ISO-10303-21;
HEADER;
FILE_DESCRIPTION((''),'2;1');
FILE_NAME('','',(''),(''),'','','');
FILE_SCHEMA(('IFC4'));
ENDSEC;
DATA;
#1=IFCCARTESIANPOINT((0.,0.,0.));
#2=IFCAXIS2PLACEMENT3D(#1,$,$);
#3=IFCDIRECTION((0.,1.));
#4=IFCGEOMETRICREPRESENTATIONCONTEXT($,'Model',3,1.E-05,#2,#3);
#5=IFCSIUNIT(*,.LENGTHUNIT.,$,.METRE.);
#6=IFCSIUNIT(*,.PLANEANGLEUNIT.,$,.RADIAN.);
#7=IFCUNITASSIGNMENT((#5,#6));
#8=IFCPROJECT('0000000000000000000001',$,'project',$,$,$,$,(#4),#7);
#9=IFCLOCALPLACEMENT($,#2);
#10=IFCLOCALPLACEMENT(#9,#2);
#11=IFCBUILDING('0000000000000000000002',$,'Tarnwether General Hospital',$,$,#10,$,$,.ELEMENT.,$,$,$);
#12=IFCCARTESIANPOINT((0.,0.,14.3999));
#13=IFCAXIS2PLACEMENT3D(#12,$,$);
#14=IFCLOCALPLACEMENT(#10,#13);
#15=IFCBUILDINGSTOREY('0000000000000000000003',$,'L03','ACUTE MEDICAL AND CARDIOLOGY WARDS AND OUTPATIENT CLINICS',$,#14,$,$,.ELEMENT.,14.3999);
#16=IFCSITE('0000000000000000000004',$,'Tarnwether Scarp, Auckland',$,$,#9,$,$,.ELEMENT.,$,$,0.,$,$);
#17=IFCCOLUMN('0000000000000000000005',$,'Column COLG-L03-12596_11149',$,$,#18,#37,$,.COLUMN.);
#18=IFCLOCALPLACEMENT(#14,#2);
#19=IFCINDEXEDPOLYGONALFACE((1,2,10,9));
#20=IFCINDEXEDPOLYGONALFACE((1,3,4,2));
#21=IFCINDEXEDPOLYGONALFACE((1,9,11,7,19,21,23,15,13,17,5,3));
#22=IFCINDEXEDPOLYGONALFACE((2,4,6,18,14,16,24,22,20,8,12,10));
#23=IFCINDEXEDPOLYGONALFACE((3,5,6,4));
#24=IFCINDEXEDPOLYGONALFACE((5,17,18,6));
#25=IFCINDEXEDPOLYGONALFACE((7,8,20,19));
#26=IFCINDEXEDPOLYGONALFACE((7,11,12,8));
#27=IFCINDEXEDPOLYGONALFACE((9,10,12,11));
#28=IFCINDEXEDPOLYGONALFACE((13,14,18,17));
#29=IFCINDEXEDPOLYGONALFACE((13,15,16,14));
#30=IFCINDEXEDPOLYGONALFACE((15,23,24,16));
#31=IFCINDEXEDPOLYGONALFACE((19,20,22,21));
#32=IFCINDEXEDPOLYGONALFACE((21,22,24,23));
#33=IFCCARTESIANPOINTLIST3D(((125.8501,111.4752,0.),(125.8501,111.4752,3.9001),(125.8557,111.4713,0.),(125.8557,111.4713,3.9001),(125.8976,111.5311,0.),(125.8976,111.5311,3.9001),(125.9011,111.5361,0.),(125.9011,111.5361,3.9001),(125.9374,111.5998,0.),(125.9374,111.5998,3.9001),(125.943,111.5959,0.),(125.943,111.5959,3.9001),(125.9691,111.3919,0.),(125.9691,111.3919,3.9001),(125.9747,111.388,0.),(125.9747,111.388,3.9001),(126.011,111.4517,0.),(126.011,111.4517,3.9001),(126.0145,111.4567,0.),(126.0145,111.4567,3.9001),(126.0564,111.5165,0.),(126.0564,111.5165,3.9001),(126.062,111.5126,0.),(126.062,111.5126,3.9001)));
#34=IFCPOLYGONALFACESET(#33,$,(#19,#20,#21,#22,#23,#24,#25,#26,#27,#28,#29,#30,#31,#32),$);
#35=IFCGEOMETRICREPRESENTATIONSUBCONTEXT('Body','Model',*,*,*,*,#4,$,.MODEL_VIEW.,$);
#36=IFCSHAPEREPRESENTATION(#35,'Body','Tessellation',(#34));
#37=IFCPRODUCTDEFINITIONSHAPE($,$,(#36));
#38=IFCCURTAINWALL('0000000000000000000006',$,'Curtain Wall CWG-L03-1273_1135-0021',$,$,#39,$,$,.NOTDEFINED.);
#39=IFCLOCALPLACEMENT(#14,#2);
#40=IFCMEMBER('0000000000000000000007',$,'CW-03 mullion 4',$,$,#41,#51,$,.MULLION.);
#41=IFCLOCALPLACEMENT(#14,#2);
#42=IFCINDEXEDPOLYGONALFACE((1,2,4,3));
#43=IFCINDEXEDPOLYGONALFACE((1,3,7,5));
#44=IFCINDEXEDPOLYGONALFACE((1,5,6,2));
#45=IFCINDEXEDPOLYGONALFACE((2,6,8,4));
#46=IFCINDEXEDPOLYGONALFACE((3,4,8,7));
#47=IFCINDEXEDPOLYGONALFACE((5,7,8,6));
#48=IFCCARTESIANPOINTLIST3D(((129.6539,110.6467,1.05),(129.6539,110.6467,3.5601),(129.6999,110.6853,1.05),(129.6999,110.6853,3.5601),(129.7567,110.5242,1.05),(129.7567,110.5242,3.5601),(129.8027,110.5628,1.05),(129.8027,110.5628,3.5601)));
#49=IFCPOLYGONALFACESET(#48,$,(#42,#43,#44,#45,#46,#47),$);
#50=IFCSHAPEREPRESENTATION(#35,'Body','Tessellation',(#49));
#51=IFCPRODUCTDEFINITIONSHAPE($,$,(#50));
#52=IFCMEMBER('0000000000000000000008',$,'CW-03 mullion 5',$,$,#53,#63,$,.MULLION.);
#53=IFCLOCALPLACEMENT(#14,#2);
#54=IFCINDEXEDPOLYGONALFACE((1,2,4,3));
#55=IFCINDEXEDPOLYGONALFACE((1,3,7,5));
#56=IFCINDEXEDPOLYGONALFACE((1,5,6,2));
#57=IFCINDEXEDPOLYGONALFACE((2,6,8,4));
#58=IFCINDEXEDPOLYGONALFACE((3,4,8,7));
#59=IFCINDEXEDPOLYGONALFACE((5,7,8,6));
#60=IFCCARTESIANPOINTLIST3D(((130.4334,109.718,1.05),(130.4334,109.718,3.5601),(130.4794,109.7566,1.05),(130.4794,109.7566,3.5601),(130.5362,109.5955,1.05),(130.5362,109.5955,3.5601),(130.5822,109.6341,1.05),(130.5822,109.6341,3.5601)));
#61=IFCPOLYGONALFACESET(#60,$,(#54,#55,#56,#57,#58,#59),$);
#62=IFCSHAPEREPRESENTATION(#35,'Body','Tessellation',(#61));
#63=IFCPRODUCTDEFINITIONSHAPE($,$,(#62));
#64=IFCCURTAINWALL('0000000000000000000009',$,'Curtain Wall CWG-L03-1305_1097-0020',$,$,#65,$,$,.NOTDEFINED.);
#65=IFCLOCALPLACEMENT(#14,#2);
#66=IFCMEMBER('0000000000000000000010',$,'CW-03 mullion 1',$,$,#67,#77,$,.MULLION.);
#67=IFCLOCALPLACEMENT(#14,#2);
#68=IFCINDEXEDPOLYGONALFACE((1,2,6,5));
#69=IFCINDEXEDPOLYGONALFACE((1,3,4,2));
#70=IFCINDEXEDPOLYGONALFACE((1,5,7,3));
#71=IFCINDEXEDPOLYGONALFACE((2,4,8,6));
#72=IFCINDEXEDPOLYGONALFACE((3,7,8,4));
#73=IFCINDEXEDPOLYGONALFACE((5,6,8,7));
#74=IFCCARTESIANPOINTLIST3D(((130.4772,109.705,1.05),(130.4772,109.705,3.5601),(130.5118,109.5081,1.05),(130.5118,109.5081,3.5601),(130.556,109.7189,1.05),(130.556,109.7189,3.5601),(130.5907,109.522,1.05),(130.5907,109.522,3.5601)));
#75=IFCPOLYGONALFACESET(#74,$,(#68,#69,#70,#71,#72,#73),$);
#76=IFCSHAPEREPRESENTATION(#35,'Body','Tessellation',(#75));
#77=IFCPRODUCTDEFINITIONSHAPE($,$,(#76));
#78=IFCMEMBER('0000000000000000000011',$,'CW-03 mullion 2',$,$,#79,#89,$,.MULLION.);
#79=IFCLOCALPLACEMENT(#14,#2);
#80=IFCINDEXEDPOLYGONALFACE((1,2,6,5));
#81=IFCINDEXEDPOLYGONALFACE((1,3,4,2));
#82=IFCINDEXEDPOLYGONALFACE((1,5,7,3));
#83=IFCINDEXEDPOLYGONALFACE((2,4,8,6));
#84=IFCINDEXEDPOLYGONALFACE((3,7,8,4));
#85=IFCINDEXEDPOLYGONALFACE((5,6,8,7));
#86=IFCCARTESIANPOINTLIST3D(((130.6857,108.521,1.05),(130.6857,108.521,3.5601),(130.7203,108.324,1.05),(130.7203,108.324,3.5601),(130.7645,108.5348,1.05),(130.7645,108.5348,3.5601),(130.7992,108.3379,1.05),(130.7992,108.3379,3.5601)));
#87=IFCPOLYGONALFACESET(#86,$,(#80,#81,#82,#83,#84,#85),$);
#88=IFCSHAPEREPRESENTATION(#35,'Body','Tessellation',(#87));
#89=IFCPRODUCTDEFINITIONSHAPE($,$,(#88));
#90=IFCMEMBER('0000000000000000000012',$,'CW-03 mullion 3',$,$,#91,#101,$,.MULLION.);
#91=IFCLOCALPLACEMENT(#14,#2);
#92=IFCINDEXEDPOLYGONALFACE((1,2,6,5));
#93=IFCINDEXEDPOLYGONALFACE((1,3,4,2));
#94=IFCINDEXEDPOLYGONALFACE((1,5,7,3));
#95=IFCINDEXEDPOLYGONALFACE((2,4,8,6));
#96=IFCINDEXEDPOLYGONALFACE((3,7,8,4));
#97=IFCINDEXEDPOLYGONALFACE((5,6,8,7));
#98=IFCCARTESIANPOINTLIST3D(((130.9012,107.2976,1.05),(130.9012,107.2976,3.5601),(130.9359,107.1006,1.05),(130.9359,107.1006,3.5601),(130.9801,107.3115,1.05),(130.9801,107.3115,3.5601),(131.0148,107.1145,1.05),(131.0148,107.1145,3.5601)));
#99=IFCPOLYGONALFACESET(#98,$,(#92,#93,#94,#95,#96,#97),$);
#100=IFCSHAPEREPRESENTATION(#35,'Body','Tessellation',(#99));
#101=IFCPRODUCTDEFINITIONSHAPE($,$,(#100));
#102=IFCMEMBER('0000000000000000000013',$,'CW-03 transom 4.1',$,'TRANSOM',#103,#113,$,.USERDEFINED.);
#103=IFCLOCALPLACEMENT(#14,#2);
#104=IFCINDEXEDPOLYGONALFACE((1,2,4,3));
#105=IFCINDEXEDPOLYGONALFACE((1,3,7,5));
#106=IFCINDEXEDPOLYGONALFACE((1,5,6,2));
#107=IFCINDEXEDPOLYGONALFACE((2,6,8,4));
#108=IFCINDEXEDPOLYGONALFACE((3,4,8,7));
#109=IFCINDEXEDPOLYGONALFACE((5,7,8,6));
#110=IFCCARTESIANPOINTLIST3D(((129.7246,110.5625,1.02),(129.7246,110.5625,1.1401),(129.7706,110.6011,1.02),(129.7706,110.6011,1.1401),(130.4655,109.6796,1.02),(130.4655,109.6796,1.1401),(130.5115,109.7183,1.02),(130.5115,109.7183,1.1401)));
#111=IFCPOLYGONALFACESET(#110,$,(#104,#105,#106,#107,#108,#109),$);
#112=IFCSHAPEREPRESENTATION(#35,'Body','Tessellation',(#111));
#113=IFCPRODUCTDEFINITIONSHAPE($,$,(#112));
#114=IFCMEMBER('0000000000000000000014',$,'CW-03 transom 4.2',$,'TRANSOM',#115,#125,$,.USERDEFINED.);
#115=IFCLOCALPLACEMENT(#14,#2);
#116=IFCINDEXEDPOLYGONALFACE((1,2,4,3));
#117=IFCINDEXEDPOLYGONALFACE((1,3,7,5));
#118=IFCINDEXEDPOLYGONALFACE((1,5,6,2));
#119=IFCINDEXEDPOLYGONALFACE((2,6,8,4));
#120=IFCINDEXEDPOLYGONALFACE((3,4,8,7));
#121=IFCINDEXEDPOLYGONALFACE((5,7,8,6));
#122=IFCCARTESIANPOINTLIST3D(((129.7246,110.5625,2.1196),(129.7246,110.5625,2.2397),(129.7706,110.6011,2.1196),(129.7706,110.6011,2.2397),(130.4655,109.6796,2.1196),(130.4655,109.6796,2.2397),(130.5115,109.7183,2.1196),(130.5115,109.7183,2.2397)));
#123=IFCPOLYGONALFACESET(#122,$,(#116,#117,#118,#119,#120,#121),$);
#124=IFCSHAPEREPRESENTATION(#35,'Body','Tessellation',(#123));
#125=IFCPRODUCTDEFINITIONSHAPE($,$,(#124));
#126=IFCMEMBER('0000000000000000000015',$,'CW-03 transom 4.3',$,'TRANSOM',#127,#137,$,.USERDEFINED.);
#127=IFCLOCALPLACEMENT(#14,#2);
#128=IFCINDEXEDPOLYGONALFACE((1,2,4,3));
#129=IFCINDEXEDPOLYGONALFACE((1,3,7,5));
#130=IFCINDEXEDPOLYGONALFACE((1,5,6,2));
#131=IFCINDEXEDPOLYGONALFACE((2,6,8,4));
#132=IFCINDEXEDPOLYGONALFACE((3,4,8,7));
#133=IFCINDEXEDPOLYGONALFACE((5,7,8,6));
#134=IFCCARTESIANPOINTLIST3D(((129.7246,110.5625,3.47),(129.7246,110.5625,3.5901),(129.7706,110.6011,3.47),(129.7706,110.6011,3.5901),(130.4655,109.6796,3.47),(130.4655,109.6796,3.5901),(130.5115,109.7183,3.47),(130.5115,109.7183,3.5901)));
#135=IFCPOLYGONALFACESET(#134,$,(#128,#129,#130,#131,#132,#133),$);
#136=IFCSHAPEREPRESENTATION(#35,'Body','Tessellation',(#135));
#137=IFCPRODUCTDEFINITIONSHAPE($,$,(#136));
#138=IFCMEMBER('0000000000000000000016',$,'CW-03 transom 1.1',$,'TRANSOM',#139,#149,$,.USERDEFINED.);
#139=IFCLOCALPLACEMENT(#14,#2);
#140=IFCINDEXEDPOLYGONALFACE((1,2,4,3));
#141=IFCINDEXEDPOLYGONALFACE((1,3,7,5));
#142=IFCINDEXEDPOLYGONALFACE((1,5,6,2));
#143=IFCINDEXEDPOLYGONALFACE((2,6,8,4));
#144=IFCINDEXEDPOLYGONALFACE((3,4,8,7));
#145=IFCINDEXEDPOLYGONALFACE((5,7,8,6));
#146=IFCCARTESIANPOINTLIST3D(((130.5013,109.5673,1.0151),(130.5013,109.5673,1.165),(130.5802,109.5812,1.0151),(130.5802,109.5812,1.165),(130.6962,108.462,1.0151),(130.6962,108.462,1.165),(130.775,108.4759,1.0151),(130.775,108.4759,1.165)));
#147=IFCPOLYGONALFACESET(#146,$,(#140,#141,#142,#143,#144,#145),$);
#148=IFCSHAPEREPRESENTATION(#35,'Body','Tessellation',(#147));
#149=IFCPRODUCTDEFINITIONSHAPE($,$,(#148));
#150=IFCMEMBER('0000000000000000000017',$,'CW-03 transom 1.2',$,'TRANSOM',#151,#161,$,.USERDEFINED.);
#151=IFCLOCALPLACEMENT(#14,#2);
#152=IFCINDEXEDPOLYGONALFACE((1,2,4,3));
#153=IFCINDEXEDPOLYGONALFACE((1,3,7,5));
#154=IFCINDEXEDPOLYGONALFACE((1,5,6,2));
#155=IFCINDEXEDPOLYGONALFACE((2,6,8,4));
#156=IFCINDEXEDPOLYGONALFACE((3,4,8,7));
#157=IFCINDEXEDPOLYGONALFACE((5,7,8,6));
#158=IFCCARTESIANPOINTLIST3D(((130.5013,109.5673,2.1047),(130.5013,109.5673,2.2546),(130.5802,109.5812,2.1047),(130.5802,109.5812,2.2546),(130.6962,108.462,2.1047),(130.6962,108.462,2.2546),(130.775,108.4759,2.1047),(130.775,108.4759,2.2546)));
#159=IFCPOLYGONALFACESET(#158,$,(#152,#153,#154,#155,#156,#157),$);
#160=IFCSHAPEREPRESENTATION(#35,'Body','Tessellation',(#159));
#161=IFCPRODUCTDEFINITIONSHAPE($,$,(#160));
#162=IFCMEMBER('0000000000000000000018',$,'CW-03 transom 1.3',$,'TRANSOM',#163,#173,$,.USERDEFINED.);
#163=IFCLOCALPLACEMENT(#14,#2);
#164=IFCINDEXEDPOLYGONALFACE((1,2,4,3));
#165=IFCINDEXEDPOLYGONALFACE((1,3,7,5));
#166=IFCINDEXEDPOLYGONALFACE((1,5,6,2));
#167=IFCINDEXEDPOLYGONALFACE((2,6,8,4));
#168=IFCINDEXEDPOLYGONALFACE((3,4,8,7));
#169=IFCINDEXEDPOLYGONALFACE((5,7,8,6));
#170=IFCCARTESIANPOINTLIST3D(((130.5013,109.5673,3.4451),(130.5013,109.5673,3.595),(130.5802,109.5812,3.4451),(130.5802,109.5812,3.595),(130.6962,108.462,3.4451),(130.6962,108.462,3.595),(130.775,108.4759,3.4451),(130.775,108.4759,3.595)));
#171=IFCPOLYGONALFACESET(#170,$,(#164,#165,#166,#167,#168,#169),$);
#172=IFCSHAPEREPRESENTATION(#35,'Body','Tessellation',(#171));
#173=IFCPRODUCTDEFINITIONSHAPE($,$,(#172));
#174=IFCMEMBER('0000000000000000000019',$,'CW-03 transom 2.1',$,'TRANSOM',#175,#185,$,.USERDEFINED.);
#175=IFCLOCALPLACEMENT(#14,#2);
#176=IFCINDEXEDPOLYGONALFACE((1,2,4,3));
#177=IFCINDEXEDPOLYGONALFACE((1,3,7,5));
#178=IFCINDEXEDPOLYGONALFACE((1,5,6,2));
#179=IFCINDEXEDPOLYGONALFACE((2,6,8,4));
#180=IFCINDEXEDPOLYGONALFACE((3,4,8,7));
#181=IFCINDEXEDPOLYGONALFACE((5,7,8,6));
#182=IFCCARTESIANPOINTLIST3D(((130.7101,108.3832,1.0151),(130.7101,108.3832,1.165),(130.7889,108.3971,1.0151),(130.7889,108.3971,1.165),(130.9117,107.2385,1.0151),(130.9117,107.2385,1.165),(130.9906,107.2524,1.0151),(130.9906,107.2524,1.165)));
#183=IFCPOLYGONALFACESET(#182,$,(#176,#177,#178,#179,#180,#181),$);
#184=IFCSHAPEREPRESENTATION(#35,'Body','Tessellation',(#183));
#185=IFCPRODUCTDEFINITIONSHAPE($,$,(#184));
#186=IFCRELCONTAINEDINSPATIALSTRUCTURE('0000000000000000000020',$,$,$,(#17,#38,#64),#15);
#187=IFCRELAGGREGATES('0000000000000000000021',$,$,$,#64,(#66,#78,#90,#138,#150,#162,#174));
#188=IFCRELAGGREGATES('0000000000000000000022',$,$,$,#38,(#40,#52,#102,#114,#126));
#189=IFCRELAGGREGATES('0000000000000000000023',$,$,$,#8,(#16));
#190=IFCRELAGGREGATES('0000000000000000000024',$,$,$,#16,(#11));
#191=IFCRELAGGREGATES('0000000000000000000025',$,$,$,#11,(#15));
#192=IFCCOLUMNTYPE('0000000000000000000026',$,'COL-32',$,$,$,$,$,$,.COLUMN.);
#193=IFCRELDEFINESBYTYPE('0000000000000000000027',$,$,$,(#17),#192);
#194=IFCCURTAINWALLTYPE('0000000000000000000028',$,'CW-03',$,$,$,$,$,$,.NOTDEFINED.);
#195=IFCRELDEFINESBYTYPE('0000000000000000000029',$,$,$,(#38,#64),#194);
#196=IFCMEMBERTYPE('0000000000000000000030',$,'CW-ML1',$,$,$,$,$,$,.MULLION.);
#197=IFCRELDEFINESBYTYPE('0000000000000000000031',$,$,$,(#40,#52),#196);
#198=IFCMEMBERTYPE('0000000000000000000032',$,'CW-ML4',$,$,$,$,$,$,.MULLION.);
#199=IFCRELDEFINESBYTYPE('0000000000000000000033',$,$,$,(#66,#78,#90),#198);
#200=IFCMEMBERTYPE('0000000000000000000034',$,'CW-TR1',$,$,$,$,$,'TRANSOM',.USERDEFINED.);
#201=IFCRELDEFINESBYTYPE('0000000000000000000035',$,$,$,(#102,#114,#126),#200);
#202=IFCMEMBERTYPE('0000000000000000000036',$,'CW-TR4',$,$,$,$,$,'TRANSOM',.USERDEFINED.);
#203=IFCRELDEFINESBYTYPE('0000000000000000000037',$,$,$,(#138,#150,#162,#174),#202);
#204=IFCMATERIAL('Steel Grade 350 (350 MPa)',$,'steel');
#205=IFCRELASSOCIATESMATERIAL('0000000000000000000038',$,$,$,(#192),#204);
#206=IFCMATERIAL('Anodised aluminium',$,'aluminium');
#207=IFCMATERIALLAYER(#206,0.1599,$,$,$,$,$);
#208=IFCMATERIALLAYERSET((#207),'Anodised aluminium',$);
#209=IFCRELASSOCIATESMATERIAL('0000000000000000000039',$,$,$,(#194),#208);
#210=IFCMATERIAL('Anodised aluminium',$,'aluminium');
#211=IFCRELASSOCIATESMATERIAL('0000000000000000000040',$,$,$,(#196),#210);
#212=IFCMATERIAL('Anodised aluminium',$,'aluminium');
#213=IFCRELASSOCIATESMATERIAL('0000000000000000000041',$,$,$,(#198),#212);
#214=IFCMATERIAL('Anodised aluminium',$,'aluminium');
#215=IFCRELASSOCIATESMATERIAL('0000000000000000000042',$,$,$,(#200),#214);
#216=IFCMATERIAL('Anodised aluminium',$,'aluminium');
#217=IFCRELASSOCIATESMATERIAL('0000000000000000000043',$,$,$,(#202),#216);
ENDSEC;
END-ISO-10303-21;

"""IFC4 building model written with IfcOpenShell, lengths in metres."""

from ifc_helpers import new_model, si_unit, direction, frame, origin, origin_2d, place, context, subcontext, project, spatial, rectangle, i_section, extrude, material, layer, layer_set, material_profile, profile_set, type_object, element, aggregate, save


model = new_model("IFC4")

# Units and contexts
model_context = context("Model", 3, precision=1e-05, world=origin(), true_north=direction((0.0, 1.0)))
body_context = subcontext(model_context, "Body", "Model", "MODEL_VIEW")
ifc_project = project(units=[si_unit("LENGTHUNIT", "METRE"), si_unit("PLANEANGLEUNIT", "RADIAN")], contexts=[model_context])

# Site, building, storey
site_placement = place(None, origin())
site = spatial("IfcSite", under=ifc_project, at=site_placement, Name="Tarnwether Scarp, Auckland", CompositionType="ELEMENT", RefElevation=0.0)
building_placement = place(site_placement, origin())
building = spatial("IfcBuilding", under=site, at=building_placement, Name="Tarnwether General Hospital", CompositionType="ELEMENT")
storey_placement = place(building_placement, frame((0.0, 0.0, 14.3999)))
storey = spatial("IfcBuildingStorey", under=building, at=storey_placement, Name="L03", Description="ACUTE MEDICAL AND CARDIOLOGY WARDS AND OUTPATIENT CLINICS", CompositionType="ELEMENT", Elevation=14.3999)

# Column
ifc_material_1 = material(Name="Steel Grade 350 (350 MPa)", Category="steel")
ifc_material_profile_1 = material_profile(ifc_material_1, i_section(OverallWidth=0.1521, OverallDepth=0.1521, WebThickness=0.0061, FlangeThickness=0.0068, at=origin_2d()), Name="150UC23.4")
ifc_profile_set_1 = profile_set([ifc_material_profile_1], Name="Steel Grade 350 (350 MPa)")
column_type = type_object("IfcColumnType", Name="COL-32", PredefinedType="COLUMN", material=ifc_profile_set_1)
column_placement = place(storey_placement, frame((125.9561, 111.4939, 0.0), z_axis=(0.0, 0.0, 1.0), x_axis=(0.573576, 0.819152, 0.0)))
element("IfcColumn", 1, at=column_placement, inside=storey, type_object=column_type, Name="Column COLG-L03-12596_11149", PredefinedType="COLUMN", context=body_context, shape_type="SweptSolid", body=[
    extrude(i_section(OverallWidth=0.1521, OverallDepth=0.1521, WebThickness=0.0061, FlangeThickness=0.0068, at=origin_2d()), origin(), (0.0, 0.0, 1.0), 3.9001),
])

# Curtain walls, members
ifc_material_2 = material(Name="Anodised aluminium", Category="aluminium")
ifc_layer_1 = layer(ifc_material_2, 0.1599)
ifc_layer_set_1 = layer_set([ifc_layer_1], Name="Anodised aluminium")
curtain_wall_type = type_object("IfcCurtainWallType", Name="CW-03", PredefinedType="NOTDEFINED", material=ifc_layer_set_1)
curtain_wall_1_placement = place(storey_placement, origin())
curtain_wall_1 = element("IfcCurtainWall", 2, at=curtain_wall_1_placement, inside=storey, type_object=curtain_wall_type, Name="Curtain Wall CWG-L03-1273_1135-0021", PredefinedType="NOTDEFINED")
ifc_material_3 = material(Name="Anodised aluminium", Category="aluminium")
ifc_material_profile_2 = material_profile(ifc_material_3, rectangle(XDim=0.0601, YDim=0.1599, at=origin_2d()), Name="ALU-MUL-60x160")
ifc_profile_set_2 = profile_set([ifc_material_profile_2], Name="Anodised aluminium")
member_type_1 = type_object("IfcMemberType", Name="CW-ML1", PredefinedType="MULLION", material=ifc_profile_set_2)
member_1_placement = place(storey_placement, frame((129.7283, 110.6047, 1.05), z_axis=(0.0, 0.0, 1.0), x_axis=(0.76599, 0.642852, 0.0)))
member_1 = element("IfcMember", 3, at=member_1_placement, type_object=member_type_1, Name="CW-03 mullion 4", PredefinedType="MULLION", context=body_context, shape_type="SweptSolid", body=[
    extrude(rectangle(XDim=0.0601, YDim=0.1599, at=origin_2d()), origin(), (0.0, 0.0, 1.0), 2.51),
])
member_2_placement = place(storey_placement, frame((130.5078, 109.676, 1.05), z_axis=(0.0, 0.0, 1.0), x_axis=(0.76599, 0.642852, 0.0)))
member_2 = element("IfcMember", 4, at=member_2_placement, type_object=member_type_1, Name="CW-03 mullion 5", PredefinedType="MULLION", context=body_context, shape_type="SweptSolid", body=[
    extrude(rectangle(XDim=0.0601, YDim=0.1599, at=origin_2d()), origin(), (0.0, 0.0, 1.0), 2.51),
])
curtain_wall_2_placement = place(storey_placement, origin())
curtain_wall_2 = element("IfcCurtainWall", 5, at=curtain_wall_2_placement, inside=storey, type_object=curtain_wall_type, Name="Curtain Wall CWG-L03-1305_1097-0020", PredefinedType="NOTDEFINED")
ifc_material_4 = material(Name="Anodised aluminium", Category="aluminium")
ifc_material_profile_3 = material_profile(ifc_material_4, rectangle(XDim=0.0801, YDim=0.2, at=origin_2d()), Name="ALU-MUL-80x200")
ifc_profile_set_3 = profile_set([ifc_material_profile_3], Name="Anodised aluminium")
member_type_2 = type_object("IfcMemberType", Name="CW-ML4", PredefinedType="MULLION", material=ifc_profile_set_3)
member_3_placement = place(storey_placement, frame((130.5339, 109.6135, 1.05), z_axis=(0.0, 0.0, 1.0), x_axis=(0.98484, 0.173464, 0.0)))
member_3 = element("IfcMember", 6, at=member_3_placement, type_object=member_type_2, Name="CW-03 mullion 1", PredefinedType="MULLION", context=body_context, shape_type="SweptSolid", body=[
    extrude(rectangle(XDim=0.0801, YDim=0.2, at=origin_2d()), origin(), (0.0, 0.0, 1.0), 2.51),
])
member_4_placement = place(storey_placement, frame((130.7424, 108.4294, 1.05), z_axis=(0.0, 0.0, 1.0), x_axis=(0.98484, 0.173464, 0.0)))
member_4 = element("IfcMember", 7, at=member_4_placement, type_object=member_type_2, Name="CW-03 mullion 2", PredefinedType="MULLION", context=body_context, shape_type="SweptSolid", body=[
    extrude(rectangle(XDim=0.0801, YDim=0.2, at=origin_2d()), origin(), (0.0, 0.0, 1.0), 2.51),
])
member_5_placement = place(storey_placement, frame((130.958, 107.2061, 1.05), z_axis=(0.0, 0.0, 1.0), x_axis=(0.98484, 0.173464, 0.0)))
member_5 = element("IfcMember", 8, at=member_5_placement, type_object=member_type_2, Name="CW-03 mullion 3", PredefinedType="MULLION", context=body_context, shape_type="SweptSolid", body=[
    extrude(rectangle(XDim=0.0801, YDim=0.2, at=origin_2d()), origin(), (0.0, 0.0, 1.0), 2.51),
])

# Members
ifc_material_5 = material(Name="Anodised aluminium", Category="aluminium")
ifc_material_profile_4 = material_profile(ifc_material_5, rectangle(XDim=0.0601, YDim=0.1201, at=origin_2d()), Name="ALU-TRN-60x120")
ifc_profile_set_4 = profile_set([ifc_material_profile_4], Name="Anodised aluminium")
member_type_3 = type_object("IfcMemberType", Name="CW-TR1", ElementType="TRANSOM", PredefinedType="USERDEFINED", material=ifc_profile_set_4)
member_6_placement = place(storey_placement, frame((129.7476, 110.5818, 1.0801), z_axis=(0.642889, -0.765959, 0.0), x_axis=(0.765959, 0.642889, 0.0)))
member_6 = element("IfcMember", 9, at=member_6_placement, type_object=member_type_3, Name="CW-03 transom 4.1", ObjectType="TRANSOM", PredefinedType="USERDEFINED", context=body_context, shape_type="SweptSolid", body=[
    extrude(rectangle(XDim=0.0601, YDim=0.1201, at=origin_2d()), origin(), (0.0, 0.0, 1.0), 1.1526),
])
member_7_placement = place(storey_placement, frame((129.7476, 110.5818, 2.1797), z_axis=(0.642889, -0.765959, 0.0), x_axis=(0.765959, 0.642889, 0.0)))
member_7 = element("IfcMember", 10, at=member_7_placement, type_object=member_type_3, Name="CW-03 transom 4.2", ObjectType="TRANSOM", PredefinedType="USERDEFINED", context=body_context, shape_type="SweptSolid", body=[
    extrude(rectangle(XDim=0.0601, YDim=0.1201, at=origin_2d()), origin(), (0.0, 0.0, 1.0), 1.1526),
])
member_8_placement = place(storey_placement, frame((129.7476, 110.5818, 3.53), z_axis=(0.642889, -0.765959, 0.0), x_axis=(0.765959, 0.642889, 0.0)))
member_8 = element("IfcMember", 11, at=member_8_placement, type_object=member_type_3, Name="CW-03 transom 4.3", ObjectType="TRANSOM", PredefinedType="USERDEFINED", context=body_context, shape_type="SweptSolid", body=[
    extrude(rectangle(XDim=0.0601, YDim=0.1201, at=origin_2d()), origin(), (0.0, 0.0, 1.0), 1.1526),
])
ifc_material_6 = material(Name="Anodised aluminium", Category="aluminium")
ifc_material_profile_5 = material_profile(ifc_material_6, rectangle(XDim=0.0801, YDim=0.1499, at=origin_2d()), Name="ALU-TRN-80x150")
ifc_profile_set_5 = profile_set([ifc_material_profile_5], Name="Anodised aluminium")
member_type_4 = type_object("IfcMemberType", Name="CW-TR4", ElementType="TRANSOM", PredefinedType="USERDEFINED", material=ifc_profile_set_5)
member_9_placement = place(storey_placement, frame((130.5408, 109.5742, 1.0901), z_axis=(0.173599, -0.984816, 0.0), x_axis=(0.984816, 0.173599, 0.0)))
member_9 = element("IfcMember", 12, at=member_9_placement, type_object=member_type_4, Name="CW-03 transom 1.1", ObjectType="TRANSOM", PredefinedType="USERDEFINED", context=body_context, shape_type="SweptSolid", body=[
    extrude(rectangle(XDim=0.0801, YDim=0.1499, at=origin_2d()), origin(), (0.0, 0.0, 1.0), 1.1223),
])
member_10_placement = place(storey_placement, frame((130.5408, 109.5742, 2.1797), z_axis=(0.173599, -0.984816, 0.0), x_axis=(0.984816, 0.173599, 0.0)))
member_10 = element("IfcMember", 13, at=member_10_placement, type_object=member_type_4, Name="CW-03 transom 1.2", ObjectType="TRANSOM", PredefinedType="USERDEFINED", context=body_context, shape_type="SweptSolid", body=[
    extrude(rectangle(XDim=0.0801, YDim=0.1499, at=origin_2d()), origin(), (0.0, 0.0, 1.0), 1.1223),
])
member_11_placement = place(storey_placement, frame((130.5408, 109.5742, 3.52), z_axis=(0.173599, -0.984816, 0.0), x_axis=(0.984816, 0.173599, 0.0)))
member_11 = element("IfcMember", 14, at=member_11_placement, type_object=member_type_4, Name="CW-03 transom 1.3", ObjectType="TRANSOM", PredefinedType="USERDEFINED", context=body_context, shape_type="SweptSolid", body=[
    extrude(rectangle(XDim=0.0801, YDim=0.1499, at=origin_2d()), origin(), (0.0, 0.0, 1.0), 1.1223),
])
member_12_placement = place(storey_placement, frame((130.7495, 108.3901, 1.0901), z_axis=(0.173486, -0.984836, 0.0), x_axis=(0.984836, 0.173486, 0.0)))
member_12 = element("IfcMember", 15, at=member_12_placement, type_object=member_type_4, Name="CW-03 transom 2.1", ObjectType="TRANSOM", PredefinedType="USERDEFINED", context=body_context, shape_type="SweptSolid", body=[
    extrude(rectangle(XDim=0.0801, YDim=0.1499, at=origin_2d()), origin(), (0.0, 0.0, 1.0), 1.1624),
])

aggregate(curtain_wall_2, [member_3, member_4, member_5, member_9, member_10, member_11, member_12])
aggregate(curtain_wall_1, [member_1, member_2, member_6, member_7, member_8])

save(model, "model.ifc")
